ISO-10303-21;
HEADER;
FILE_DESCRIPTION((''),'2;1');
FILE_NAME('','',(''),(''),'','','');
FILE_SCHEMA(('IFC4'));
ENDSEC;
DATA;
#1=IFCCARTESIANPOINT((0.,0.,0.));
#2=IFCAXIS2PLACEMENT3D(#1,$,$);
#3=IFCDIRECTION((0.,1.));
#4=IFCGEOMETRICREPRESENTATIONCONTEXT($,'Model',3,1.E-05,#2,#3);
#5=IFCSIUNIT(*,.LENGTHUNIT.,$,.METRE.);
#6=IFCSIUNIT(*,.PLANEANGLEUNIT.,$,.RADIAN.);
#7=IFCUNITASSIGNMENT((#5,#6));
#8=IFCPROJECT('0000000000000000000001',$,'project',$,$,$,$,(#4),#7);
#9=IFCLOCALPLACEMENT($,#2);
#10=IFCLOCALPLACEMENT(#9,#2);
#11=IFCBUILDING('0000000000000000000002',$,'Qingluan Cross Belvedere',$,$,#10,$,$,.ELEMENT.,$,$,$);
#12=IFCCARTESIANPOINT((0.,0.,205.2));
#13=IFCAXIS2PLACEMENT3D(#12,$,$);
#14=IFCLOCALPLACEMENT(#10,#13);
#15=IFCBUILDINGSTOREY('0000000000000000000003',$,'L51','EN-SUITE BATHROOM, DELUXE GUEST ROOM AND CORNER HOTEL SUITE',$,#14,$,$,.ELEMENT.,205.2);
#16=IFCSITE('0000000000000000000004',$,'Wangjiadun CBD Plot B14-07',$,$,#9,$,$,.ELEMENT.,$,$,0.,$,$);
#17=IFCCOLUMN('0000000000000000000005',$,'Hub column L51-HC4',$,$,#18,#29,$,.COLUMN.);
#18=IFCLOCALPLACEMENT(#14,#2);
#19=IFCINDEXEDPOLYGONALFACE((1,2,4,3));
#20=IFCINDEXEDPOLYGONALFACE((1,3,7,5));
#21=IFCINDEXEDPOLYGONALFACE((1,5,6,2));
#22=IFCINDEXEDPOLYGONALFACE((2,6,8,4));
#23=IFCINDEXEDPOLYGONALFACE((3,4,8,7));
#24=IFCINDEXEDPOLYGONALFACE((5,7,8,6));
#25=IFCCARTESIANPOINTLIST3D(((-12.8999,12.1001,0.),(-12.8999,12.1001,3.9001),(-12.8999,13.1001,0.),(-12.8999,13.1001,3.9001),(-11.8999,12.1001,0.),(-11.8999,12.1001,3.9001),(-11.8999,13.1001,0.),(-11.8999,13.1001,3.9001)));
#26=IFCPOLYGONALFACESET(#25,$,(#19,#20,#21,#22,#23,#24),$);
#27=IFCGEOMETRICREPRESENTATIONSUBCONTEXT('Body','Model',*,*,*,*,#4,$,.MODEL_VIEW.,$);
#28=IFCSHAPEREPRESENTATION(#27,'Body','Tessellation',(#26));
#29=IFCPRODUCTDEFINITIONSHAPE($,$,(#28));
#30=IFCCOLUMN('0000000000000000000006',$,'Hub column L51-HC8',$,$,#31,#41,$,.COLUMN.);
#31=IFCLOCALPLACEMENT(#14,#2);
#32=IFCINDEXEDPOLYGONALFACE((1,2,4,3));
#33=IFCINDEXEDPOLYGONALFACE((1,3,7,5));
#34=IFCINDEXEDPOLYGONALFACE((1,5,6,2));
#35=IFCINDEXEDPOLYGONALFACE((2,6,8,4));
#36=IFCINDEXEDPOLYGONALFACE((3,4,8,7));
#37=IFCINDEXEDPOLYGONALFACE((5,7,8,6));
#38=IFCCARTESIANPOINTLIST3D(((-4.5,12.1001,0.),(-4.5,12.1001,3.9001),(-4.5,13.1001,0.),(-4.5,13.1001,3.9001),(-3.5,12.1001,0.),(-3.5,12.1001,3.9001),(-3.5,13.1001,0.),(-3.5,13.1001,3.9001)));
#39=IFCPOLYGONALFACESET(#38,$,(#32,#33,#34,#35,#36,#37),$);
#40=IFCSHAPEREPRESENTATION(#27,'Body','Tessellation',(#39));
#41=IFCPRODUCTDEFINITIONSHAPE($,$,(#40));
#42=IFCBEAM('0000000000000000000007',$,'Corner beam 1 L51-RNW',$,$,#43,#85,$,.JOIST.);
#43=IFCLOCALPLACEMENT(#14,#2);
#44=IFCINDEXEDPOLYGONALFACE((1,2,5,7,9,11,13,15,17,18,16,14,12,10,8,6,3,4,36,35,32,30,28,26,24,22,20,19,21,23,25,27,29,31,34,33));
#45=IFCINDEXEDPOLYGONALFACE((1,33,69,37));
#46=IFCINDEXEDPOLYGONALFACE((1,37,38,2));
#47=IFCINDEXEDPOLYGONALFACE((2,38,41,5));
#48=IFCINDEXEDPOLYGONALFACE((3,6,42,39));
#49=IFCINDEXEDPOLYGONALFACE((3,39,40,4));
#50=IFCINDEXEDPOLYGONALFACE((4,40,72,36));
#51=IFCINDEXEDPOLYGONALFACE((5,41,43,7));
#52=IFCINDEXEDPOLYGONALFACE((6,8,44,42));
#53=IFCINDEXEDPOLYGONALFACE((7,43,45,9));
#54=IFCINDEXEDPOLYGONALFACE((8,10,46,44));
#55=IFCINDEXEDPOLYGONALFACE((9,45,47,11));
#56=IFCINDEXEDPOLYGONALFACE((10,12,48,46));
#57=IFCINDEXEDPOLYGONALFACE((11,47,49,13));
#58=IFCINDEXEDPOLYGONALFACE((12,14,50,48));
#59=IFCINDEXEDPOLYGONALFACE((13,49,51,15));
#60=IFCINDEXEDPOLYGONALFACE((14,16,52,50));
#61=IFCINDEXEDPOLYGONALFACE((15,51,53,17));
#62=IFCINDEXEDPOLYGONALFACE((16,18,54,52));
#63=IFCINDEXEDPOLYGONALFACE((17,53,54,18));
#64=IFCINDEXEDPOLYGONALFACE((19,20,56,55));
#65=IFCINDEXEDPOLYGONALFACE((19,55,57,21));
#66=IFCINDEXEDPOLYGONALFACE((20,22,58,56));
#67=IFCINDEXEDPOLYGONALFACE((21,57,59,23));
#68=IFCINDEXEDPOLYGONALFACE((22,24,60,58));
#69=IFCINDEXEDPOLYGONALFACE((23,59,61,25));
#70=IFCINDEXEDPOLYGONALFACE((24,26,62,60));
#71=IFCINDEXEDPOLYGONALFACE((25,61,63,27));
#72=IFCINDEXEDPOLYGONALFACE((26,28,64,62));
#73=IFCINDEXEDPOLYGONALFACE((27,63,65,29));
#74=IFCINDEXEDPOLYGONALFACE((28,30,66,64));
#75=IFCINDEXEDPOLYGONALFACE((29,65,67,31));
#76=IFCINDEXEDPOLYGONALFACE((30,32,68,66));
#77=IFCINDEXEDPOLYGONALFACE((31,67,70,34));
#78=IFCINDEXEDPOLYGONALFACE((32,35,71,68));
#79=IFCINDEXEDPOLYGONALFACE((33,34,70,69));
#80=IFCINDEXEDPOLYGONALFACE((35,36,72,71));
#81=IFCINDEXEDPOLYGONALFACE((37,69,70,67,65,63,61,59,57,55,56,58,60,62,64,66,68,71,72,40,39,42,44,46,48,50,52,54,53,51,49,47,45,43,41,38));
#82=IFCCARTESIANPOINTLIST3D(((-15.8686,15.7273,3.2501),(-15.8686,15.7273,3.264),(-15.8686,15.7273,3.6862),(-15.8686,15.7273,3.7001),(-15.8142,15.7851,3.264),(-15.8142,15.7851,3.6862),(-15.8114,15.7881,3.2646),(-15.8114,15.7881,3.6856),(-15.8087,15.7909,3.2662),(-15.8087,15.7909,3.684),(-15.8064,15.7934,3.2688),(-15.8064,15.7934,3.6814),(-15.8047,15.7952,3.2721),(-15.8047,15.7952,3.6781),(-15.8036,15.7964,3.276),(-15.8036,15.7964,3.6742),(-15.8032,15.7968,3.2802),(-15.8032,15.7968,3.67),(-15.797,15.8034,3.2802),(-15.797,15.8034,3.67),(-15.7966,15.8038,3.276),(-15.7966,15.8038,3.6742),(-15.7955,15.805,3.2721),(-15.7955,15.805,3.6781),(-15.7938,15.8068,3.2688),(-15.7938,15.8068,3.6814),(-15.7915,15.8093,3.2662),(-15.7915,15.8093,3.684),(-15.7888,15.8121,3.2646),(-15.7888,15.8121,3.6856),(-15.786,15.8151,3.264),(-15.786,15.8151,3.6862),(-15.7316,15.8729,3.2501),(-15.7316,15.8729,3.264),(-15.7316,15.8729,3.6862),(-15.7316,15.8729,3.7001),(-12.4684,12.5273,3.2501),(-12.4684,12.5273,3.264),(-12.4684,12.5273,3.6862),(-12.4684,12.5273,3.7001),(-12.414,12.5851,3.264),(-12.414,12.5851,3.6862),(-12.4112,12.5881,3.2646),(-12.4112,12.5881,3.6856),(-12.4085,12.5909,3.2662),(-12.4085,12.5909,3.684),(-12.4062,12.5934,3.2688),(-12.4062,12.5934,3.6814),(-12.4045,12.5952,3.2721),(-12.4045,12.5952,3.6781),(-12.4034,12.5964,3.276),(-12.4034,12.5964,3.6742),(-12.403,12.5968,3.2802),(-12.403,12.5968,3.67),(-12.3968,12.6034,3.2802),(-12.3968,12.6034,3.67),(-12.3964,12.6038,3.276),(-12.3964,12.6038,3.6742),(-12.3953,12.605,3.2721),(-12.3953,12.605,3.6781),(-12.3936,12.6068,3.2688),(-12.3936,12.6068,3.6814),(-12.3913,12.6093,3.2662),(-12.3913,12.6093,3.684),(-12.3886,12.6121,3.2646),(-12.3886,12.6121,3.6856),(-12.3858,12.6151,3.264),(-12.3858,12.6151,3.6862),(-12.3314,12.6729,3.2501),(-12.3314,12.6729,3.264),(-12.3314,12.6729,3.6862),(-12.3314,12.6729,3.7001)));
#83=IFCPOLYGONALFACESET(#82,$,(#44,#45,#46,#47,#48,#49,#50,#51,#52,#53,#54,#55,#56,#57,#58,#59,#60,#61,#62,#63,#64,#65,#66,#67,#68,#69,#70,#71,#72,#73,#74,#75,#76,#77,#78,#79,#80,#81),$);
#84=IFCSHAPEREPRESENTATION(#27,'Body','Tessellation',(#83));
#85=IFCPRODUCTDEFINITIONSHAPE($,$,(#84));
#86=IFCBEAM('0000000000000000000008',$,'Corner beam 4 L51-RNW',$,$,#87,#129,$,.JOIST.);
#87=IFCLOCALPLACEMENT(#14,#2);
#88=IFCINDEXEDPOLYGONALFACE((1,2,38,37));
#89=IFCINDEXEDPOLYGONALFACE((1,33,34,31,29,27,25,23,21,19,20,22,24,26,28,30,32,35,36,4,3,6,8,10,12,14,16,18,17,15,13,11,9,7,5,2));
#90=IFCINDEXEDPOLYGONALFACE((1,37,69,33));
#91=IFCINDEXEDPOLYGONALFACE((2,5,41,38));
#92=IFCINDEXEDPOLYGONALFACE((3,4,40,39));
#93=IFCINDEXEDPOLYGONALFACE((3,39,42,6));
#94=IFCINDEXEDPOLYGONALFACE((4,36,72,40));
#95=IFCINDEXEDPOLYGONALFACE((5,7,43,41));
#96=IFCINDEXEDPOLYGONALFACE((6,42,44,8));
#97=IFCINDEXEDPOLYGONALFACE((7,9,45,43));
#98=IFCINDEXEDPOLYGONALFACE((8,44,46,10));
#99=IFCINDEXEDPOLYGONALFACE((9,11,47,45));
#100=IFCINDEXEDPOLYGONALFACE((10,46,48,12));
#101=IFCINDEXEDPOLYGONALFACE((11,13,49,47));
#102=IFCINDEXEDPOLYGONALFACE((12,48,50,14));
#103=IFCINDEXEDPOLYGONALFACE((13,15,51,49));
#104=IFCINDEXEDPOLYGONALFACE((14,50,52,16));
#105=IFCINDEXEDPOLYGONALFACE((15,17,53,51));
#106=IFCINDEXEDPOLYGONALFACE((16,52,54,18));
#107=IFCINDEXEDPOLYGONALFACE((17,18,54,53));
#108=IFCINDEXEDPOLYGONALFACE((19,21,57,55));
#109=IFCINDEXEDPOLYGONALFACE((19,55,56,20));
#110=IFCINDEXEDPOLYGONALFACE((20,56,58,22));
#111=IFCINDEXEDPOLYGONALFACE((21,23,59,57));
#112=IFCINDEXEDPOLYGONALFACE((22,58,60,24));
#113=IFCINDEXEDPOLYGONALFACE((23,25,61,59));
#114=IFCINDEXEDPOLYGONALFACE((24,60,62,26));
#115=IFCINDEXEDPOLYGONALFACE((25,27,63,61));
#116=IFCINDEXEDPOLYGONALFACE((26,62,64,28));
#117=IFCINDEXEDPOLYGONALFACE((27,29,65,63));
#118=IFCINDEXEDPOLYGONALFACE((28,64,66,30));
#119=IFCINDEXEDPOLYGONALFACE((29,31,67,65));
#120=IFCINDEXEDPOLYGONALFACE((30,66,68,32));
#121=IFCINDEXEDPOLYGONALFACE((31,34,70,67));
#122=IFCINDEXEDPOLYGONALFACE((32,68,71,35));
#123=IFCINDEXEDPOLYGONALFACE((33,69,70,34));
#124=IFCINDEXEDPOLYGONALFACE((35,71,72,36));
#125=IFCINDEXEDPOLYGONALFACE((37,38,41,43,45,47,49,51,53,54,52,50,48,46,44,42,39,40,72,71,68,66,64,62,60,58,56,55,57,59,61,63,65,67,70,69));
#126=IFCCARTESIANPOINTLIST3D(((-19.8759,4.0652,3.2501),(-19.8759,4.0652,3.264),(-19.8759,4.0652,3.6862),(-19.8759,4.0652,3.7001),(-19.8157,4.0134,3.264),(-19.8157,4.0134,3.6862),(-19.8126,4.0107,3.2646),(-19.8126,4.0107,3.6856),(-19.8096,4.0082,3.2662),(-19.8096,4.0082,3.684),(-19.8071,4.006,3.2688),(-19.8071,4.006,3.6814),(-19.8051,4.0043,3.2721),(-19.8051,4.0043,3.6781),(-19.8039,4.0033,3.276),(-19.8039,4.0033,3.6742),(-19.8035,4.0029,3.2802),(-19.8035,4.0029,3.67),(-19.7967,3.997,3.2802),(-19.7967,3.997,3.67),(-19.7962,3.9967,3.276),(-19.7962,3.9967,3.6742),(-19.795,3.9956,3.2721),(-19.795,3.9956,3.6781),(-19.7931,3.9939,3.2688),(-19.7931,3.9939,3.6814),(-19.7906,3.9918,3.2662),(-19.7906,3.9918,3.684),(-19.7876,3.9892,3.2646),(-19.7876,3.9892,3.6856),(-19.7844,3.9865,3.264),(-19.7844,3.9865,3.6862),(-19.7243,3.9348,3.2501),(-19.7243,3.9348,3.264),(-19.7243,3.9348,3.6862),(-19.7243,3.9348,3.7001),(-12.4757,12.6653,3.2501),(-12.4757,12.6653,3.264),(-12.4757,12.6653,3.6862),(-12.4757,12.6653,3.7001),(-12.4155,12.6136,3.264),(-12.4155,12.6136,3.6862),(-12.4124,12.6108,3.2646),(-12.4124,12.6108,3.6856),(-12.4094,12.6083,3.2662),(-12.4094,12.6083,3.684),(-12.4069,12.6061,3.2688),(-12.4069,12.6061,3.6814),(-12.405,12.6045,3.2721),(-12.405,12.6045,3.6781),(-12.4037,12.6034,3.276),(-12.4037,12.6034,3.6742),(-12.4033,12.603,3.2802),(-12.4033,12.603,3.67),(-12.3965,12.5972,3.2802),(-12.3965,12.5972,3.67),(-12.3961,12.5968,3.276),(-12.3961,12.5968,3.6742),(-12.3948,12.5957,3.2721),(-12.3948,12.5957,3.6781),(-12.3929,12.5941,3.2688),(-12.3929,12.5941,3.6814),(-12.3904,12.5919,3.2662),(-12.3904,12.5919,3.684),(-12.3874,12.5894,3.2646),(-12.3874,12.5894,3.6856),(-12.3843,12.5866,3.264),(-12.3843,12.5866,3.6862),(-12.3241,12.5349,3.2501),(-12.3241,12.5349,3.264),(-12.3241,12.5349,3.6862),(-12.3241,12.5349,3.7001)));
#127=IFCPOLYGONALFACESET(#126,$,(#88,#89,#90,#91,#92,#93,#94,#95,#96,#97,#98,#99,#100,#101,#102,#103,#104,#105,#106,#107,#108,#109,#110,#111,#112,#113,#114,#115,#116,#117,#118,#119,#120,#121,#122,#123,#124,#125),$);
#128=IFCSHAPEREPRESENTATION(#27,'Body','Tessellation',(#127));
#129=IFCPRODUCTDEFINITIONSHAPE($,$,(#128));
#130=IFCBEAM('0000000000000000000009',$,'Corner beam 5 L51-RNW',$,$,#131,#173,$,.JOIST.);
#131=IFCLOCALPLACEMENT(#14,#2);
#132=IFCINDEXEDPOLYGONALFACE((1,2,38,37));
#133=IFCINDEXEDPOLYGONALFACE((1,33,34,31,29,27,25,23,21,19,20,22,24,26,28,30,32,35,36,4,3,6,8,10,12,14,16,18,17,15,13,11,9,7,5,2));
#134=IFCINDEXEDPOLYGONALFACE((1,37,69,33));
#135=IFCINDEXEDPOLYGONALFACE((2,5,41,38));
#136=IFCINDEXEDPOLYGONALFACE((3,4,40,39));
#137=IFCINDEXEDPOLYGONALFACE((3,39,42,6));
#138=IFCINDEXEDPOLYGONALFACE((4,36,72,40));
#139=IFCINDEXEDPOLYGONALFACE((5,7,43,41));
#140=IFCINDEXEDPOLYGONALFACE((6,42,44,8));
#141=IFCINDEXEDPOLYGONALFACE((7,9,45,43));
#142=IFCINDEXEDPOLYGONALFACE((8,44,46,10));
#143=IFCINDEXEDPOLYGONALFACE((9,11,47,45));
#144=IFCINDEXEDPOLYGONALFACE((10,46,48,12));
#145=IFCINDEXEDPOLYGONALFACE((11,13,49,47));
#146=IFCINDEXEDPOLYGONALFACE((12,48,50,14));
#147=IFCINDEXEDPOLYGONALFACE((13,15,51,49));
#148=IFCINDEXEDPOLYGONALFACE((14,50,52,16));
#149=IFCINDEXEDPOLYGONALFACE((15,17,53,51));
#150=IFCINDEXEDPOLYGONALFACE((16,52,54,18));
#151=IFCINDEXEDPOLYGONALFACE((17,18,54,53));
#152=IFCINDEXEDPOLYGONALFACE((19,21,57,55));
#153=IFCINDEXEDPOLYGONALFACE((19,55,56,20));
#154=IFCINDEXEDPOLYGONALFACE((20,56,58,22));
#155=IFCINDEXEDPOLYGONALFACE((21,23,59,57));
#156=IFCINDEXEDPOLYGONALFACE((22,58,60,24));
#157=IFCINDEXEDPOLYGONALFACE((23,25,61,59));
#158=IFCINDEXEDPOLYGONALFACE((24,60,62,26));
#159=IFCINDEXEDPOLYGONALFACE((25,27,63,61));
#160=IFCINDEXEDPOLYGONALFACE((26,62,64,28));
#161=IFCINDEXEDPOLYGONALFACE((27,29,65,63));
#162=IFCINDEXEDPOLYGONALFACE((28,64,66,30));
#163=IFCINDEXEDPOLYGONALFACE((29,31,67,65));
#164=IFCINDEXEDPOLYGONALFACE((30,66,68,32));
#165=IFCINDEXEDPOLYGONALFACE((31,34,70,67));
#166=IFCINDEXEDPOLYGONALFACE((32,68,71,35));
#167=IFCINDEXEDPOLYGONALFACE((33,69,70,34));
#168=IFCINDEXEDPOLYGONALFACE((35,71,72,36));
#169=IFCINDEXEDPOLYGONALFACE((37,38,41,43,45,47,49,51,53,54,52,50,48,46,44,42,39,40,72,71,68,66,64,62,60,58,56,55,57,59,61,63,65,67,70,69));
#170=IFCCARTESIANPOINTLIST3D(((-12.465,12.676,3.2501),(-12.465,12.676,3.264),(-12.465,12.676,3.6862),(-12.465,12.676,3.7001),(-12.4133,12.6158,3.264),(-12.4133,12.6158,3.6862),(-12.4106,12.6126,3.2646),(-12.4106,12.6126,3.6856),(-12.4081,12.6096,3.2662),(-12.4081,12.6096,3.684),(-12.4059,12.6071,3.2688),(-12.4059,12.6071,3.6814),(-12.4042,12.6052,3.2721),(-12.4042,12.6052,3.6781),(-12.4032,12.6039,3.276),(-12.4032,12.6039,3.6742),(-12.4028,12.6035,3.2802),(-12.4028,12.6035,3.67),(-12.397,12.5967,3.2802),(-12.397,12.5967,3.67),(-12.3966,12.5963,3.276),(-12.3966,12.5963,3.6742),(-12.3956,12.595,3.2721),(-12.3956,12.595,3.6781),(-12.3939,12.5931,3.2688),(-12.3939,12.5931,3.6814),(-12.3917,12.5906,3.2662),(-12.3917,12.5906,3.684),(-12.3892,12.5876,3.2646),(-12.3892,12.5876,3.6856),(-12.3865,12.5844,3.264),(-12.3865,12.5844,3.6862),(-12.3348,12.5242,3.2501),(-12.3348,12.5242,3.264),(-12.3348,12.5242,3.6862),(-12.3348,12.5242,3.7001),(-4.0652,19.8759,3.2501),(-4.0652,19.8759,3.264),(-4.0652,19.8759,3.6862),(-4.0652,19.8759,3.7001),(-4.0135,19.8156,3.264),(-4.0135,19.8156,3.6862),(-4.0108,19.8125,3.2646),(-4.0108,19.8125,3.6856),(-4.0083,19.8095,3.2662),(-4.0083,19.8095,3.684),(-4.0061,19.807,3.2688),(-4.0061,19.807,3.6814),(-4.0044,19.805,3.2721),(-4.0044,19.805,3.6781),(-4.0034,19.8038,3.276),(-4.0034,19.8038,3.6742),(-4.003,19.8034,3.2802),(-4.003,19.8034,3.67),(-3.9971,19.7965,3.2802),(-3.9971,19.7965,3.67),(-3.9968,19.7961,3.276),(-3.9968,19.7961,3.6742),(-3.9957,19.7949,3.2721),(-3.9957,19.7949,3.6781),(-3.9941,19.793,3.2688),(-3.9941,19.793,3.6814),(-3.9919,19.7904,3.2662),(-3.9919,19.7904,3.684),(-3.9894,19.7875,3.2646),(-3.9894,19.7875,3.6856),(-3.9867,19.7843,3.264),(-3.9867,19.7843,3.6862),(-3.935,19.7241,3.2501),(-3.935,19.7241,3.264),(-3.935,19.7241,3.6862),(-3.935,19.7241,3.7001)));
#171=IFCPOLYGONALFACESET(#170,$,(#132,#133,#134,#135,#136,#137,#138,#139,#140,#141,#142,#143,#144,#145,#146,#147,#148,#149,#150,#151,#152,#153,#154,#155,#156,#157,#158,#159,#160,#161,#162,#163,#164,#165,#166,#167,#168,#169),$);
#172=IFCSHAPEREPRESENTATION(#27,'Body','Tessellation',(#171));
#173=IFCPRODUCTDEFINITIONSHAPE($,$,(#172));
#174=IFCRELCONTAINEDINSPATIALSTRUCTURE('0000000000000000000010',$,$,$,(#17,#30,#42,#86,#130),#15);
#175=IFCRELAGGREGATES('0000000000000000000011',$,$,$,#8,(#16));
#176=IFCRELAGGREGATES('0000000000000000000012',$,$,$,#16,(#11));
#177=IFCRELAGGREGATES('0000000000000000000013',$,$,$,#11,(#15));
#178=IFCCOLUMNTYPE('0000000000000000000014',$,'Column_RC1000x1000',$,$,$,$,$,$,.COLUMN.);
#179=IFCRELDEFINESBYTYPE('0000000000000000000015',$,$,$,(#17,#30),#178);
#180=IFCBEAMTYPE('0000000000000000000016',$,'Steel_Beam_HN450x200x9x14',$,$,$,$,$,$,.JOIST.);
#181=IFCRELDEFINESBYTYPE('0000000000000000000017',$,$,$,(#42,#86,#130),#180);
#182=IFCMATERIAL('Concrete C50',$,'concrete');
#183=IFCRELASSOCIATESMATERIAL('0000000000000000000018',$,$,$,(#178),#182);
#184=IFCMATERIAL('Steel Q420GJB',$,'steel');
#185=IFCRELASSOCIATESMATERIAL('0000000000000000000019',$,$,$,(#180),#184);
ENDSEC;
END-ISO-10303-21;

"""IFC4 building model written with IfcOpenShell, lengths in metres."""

from ifc_helpers import new_model, si_unit, direction, frame, origin, origin_2d, place, context, subcontext, project, spatial, rectangle, i_section, extrude, material, material_profile, profile_set, type_object, element, save


model = new_model("IFC4")

# Units and contexts
model_context = context("Model", 3, precision=1e-05, world=origin(), true_north=direction((0.0, 1.0)))
body_context = subcontext(model_context, "Body", "Model", "MODEL_VIEW")
ifc_project = project(units=[si_unit("LENGTHUNIT", "METRE"), si_unit("PLANEANGLEUNIT", "RADIAN")], contexts=[model_context])

# Site, building, storey
site_placement = place(None, origin())
site = spatial("IfcSite", under=ifc_project, at=site_placement, Name="Wangjiadun CBD Plot B14-07", CompositionType="ELEMENT", RefElevation=0.0)
building_placement = place(site_placement, origin())
building = spatial("IfcBuilding", under=site, at=building_placement, Name="Qingluan Cross Belvedere", CompositionType="ELEMENT")
storey_placement = place(building_placement, frame((0.0, 0.0, 205.2)))
storey = spatial("IfcBuildingStorey", under=building, at=storey_placement, Name="L51", Description="EN-SUITE BATHROOM, DELUXE GUEST ROOM AND CORNER HOTEL SUITE", CompositionType="ELEMENT", Elevation=205.2)

# Columns
ifc_material_1 = material(Name="Concrete C50", Category="concrete")
ifc_material_profile_1 = material_profile(ifc_material_1, rectangle(XDim=1.0, YDim=1.0, at=origin_2d()), Name="RC1000x1000")
ifc_profile_set_1 = profile_set([ifc_material_profile_1], Name="Concrete C50")
column_type = type_object("IfcColumnType", Name="Column_RC1000x1000", PredefinedType="COLUMN", material=ifc_profile_set_1)
for number, where, z_axis, x_axis, name in (
    (1, (-12.3999, 12.6001, 0.0), (0.0, 0.0, 1.0), (1.0, 0.0, 0.0), "Hub column L51-HC4"),
    (2, (-4.0, 12.6001, 0.0), (0.0, 0.0, 1.0), (1.0, 0.0, 0.0), "Hub column L51-HC8"),
):
    element("IfcColumn", number, at=place(storey_placement, frame(where, z_axis=z_axis, x_axis=x_axis)), inside=storey, type_object=column_type, Name=name, PredefinedType="COLUMN", context=body_context, shape_type="SweptSolid", body=[
        extrude(rectangle(XDim=1.0, YDim=1.0, at=origin_2d()), origin(), (0.0, 0.0, 1.0), 3.9001),
    ])

# Beams
ifc_material_2 = material(Name="Steel Q420GJB", Category="steel")
ifc_material_profile_2 = material_profile(ifc_material_2, i_section(OverallWidth=0.2, OverallDepth=0.45, WebThickness=0.009, FlangeThickness=0.0139, FilletRadius=0.0161, at=origin_2d()), Name="HN450x200x9x14")
ifc_profile_set_2 = profile_set([ifc_material_profile_2], Name="Steel Q420GJB")
beam_type_1 = type_object("IfcBeamType", Name="Steel_Beam_HN450x200x9x14", PredefinedType="JOIST", material=ifc_profile_set_2)
beam_1_placement = place(storey_placement, frame((-12.3999, 12.6001, 3.4751), z_axis=(-0.72822, 0.685343, 0.0), x_axis=(-0.685343, -0.72822, 0.0)))
element("IfcBeam", 3, at=beam_1_placement, inside=storey, type_object=beam_type_1, Name="Corner beam 1 L51-RNW", PredefinedType="JOIST", context=body_context, shape_type="SweptSolid", body=[
    extrude(i_section(OverallWidth=0.2, OverallDepth=0.45, WebThickness=0.009, FlangeThickness=0.0139, FilletRadius=0.0161, at=origin_2d()), origin(), (0.0, 0.0, 1.0), 4.6692),
])
beam_2_placement = place(storey_placement, frame((-12.3999, 12.6001, 3.4751), z_axis=(-0.652245, -0.758008, 0.0), x_axis=(0.758008, -0.652245, 0.0)))
element("IfcBeam", 4, at=beam_2_placement, inside=storey, type_object=beam_type_1, Name="Corner beam 4 L51-RNW", PredefinedType="JOIST", context=body_context, shape_type="SweptSolid", body=[
    extrude(i_section(OverallWidth=0.2, OverallDepth=0.45, WebThickness=0.009, FlangeThickness=0.0139, FilletRadius=0.0161, at=origin_2d()), origin(), (0.0, 0.0, 1.0), 11.3457),
])
beam_3_placement = place(storey_placement, frame((-12.3999, 12.6001, 3.4751), z_axis=(0.759255, 0.650793, 0.0), x_axis=(-0.650793, 0.759255, 0.0)))
element("IfcBeam", 5, at=beam_3_placement, inside=storey, type_object=beam_type_1, Name="Corner beam 5 L51-RNW", PredefinedType="JOIST", context=body_context, shape_type="SweptSolid", body=[
    extrude(i_section(OverallWidth=0.2, OverallDepth=0.45, WebThickness=0.009, FlangeThickness=0.0139, FilletRadius=0.0161, at=origin_2d()), origin(), (0.0, 0.0, 1.0), 11.0632),
])

save(model, "model.ifc")
